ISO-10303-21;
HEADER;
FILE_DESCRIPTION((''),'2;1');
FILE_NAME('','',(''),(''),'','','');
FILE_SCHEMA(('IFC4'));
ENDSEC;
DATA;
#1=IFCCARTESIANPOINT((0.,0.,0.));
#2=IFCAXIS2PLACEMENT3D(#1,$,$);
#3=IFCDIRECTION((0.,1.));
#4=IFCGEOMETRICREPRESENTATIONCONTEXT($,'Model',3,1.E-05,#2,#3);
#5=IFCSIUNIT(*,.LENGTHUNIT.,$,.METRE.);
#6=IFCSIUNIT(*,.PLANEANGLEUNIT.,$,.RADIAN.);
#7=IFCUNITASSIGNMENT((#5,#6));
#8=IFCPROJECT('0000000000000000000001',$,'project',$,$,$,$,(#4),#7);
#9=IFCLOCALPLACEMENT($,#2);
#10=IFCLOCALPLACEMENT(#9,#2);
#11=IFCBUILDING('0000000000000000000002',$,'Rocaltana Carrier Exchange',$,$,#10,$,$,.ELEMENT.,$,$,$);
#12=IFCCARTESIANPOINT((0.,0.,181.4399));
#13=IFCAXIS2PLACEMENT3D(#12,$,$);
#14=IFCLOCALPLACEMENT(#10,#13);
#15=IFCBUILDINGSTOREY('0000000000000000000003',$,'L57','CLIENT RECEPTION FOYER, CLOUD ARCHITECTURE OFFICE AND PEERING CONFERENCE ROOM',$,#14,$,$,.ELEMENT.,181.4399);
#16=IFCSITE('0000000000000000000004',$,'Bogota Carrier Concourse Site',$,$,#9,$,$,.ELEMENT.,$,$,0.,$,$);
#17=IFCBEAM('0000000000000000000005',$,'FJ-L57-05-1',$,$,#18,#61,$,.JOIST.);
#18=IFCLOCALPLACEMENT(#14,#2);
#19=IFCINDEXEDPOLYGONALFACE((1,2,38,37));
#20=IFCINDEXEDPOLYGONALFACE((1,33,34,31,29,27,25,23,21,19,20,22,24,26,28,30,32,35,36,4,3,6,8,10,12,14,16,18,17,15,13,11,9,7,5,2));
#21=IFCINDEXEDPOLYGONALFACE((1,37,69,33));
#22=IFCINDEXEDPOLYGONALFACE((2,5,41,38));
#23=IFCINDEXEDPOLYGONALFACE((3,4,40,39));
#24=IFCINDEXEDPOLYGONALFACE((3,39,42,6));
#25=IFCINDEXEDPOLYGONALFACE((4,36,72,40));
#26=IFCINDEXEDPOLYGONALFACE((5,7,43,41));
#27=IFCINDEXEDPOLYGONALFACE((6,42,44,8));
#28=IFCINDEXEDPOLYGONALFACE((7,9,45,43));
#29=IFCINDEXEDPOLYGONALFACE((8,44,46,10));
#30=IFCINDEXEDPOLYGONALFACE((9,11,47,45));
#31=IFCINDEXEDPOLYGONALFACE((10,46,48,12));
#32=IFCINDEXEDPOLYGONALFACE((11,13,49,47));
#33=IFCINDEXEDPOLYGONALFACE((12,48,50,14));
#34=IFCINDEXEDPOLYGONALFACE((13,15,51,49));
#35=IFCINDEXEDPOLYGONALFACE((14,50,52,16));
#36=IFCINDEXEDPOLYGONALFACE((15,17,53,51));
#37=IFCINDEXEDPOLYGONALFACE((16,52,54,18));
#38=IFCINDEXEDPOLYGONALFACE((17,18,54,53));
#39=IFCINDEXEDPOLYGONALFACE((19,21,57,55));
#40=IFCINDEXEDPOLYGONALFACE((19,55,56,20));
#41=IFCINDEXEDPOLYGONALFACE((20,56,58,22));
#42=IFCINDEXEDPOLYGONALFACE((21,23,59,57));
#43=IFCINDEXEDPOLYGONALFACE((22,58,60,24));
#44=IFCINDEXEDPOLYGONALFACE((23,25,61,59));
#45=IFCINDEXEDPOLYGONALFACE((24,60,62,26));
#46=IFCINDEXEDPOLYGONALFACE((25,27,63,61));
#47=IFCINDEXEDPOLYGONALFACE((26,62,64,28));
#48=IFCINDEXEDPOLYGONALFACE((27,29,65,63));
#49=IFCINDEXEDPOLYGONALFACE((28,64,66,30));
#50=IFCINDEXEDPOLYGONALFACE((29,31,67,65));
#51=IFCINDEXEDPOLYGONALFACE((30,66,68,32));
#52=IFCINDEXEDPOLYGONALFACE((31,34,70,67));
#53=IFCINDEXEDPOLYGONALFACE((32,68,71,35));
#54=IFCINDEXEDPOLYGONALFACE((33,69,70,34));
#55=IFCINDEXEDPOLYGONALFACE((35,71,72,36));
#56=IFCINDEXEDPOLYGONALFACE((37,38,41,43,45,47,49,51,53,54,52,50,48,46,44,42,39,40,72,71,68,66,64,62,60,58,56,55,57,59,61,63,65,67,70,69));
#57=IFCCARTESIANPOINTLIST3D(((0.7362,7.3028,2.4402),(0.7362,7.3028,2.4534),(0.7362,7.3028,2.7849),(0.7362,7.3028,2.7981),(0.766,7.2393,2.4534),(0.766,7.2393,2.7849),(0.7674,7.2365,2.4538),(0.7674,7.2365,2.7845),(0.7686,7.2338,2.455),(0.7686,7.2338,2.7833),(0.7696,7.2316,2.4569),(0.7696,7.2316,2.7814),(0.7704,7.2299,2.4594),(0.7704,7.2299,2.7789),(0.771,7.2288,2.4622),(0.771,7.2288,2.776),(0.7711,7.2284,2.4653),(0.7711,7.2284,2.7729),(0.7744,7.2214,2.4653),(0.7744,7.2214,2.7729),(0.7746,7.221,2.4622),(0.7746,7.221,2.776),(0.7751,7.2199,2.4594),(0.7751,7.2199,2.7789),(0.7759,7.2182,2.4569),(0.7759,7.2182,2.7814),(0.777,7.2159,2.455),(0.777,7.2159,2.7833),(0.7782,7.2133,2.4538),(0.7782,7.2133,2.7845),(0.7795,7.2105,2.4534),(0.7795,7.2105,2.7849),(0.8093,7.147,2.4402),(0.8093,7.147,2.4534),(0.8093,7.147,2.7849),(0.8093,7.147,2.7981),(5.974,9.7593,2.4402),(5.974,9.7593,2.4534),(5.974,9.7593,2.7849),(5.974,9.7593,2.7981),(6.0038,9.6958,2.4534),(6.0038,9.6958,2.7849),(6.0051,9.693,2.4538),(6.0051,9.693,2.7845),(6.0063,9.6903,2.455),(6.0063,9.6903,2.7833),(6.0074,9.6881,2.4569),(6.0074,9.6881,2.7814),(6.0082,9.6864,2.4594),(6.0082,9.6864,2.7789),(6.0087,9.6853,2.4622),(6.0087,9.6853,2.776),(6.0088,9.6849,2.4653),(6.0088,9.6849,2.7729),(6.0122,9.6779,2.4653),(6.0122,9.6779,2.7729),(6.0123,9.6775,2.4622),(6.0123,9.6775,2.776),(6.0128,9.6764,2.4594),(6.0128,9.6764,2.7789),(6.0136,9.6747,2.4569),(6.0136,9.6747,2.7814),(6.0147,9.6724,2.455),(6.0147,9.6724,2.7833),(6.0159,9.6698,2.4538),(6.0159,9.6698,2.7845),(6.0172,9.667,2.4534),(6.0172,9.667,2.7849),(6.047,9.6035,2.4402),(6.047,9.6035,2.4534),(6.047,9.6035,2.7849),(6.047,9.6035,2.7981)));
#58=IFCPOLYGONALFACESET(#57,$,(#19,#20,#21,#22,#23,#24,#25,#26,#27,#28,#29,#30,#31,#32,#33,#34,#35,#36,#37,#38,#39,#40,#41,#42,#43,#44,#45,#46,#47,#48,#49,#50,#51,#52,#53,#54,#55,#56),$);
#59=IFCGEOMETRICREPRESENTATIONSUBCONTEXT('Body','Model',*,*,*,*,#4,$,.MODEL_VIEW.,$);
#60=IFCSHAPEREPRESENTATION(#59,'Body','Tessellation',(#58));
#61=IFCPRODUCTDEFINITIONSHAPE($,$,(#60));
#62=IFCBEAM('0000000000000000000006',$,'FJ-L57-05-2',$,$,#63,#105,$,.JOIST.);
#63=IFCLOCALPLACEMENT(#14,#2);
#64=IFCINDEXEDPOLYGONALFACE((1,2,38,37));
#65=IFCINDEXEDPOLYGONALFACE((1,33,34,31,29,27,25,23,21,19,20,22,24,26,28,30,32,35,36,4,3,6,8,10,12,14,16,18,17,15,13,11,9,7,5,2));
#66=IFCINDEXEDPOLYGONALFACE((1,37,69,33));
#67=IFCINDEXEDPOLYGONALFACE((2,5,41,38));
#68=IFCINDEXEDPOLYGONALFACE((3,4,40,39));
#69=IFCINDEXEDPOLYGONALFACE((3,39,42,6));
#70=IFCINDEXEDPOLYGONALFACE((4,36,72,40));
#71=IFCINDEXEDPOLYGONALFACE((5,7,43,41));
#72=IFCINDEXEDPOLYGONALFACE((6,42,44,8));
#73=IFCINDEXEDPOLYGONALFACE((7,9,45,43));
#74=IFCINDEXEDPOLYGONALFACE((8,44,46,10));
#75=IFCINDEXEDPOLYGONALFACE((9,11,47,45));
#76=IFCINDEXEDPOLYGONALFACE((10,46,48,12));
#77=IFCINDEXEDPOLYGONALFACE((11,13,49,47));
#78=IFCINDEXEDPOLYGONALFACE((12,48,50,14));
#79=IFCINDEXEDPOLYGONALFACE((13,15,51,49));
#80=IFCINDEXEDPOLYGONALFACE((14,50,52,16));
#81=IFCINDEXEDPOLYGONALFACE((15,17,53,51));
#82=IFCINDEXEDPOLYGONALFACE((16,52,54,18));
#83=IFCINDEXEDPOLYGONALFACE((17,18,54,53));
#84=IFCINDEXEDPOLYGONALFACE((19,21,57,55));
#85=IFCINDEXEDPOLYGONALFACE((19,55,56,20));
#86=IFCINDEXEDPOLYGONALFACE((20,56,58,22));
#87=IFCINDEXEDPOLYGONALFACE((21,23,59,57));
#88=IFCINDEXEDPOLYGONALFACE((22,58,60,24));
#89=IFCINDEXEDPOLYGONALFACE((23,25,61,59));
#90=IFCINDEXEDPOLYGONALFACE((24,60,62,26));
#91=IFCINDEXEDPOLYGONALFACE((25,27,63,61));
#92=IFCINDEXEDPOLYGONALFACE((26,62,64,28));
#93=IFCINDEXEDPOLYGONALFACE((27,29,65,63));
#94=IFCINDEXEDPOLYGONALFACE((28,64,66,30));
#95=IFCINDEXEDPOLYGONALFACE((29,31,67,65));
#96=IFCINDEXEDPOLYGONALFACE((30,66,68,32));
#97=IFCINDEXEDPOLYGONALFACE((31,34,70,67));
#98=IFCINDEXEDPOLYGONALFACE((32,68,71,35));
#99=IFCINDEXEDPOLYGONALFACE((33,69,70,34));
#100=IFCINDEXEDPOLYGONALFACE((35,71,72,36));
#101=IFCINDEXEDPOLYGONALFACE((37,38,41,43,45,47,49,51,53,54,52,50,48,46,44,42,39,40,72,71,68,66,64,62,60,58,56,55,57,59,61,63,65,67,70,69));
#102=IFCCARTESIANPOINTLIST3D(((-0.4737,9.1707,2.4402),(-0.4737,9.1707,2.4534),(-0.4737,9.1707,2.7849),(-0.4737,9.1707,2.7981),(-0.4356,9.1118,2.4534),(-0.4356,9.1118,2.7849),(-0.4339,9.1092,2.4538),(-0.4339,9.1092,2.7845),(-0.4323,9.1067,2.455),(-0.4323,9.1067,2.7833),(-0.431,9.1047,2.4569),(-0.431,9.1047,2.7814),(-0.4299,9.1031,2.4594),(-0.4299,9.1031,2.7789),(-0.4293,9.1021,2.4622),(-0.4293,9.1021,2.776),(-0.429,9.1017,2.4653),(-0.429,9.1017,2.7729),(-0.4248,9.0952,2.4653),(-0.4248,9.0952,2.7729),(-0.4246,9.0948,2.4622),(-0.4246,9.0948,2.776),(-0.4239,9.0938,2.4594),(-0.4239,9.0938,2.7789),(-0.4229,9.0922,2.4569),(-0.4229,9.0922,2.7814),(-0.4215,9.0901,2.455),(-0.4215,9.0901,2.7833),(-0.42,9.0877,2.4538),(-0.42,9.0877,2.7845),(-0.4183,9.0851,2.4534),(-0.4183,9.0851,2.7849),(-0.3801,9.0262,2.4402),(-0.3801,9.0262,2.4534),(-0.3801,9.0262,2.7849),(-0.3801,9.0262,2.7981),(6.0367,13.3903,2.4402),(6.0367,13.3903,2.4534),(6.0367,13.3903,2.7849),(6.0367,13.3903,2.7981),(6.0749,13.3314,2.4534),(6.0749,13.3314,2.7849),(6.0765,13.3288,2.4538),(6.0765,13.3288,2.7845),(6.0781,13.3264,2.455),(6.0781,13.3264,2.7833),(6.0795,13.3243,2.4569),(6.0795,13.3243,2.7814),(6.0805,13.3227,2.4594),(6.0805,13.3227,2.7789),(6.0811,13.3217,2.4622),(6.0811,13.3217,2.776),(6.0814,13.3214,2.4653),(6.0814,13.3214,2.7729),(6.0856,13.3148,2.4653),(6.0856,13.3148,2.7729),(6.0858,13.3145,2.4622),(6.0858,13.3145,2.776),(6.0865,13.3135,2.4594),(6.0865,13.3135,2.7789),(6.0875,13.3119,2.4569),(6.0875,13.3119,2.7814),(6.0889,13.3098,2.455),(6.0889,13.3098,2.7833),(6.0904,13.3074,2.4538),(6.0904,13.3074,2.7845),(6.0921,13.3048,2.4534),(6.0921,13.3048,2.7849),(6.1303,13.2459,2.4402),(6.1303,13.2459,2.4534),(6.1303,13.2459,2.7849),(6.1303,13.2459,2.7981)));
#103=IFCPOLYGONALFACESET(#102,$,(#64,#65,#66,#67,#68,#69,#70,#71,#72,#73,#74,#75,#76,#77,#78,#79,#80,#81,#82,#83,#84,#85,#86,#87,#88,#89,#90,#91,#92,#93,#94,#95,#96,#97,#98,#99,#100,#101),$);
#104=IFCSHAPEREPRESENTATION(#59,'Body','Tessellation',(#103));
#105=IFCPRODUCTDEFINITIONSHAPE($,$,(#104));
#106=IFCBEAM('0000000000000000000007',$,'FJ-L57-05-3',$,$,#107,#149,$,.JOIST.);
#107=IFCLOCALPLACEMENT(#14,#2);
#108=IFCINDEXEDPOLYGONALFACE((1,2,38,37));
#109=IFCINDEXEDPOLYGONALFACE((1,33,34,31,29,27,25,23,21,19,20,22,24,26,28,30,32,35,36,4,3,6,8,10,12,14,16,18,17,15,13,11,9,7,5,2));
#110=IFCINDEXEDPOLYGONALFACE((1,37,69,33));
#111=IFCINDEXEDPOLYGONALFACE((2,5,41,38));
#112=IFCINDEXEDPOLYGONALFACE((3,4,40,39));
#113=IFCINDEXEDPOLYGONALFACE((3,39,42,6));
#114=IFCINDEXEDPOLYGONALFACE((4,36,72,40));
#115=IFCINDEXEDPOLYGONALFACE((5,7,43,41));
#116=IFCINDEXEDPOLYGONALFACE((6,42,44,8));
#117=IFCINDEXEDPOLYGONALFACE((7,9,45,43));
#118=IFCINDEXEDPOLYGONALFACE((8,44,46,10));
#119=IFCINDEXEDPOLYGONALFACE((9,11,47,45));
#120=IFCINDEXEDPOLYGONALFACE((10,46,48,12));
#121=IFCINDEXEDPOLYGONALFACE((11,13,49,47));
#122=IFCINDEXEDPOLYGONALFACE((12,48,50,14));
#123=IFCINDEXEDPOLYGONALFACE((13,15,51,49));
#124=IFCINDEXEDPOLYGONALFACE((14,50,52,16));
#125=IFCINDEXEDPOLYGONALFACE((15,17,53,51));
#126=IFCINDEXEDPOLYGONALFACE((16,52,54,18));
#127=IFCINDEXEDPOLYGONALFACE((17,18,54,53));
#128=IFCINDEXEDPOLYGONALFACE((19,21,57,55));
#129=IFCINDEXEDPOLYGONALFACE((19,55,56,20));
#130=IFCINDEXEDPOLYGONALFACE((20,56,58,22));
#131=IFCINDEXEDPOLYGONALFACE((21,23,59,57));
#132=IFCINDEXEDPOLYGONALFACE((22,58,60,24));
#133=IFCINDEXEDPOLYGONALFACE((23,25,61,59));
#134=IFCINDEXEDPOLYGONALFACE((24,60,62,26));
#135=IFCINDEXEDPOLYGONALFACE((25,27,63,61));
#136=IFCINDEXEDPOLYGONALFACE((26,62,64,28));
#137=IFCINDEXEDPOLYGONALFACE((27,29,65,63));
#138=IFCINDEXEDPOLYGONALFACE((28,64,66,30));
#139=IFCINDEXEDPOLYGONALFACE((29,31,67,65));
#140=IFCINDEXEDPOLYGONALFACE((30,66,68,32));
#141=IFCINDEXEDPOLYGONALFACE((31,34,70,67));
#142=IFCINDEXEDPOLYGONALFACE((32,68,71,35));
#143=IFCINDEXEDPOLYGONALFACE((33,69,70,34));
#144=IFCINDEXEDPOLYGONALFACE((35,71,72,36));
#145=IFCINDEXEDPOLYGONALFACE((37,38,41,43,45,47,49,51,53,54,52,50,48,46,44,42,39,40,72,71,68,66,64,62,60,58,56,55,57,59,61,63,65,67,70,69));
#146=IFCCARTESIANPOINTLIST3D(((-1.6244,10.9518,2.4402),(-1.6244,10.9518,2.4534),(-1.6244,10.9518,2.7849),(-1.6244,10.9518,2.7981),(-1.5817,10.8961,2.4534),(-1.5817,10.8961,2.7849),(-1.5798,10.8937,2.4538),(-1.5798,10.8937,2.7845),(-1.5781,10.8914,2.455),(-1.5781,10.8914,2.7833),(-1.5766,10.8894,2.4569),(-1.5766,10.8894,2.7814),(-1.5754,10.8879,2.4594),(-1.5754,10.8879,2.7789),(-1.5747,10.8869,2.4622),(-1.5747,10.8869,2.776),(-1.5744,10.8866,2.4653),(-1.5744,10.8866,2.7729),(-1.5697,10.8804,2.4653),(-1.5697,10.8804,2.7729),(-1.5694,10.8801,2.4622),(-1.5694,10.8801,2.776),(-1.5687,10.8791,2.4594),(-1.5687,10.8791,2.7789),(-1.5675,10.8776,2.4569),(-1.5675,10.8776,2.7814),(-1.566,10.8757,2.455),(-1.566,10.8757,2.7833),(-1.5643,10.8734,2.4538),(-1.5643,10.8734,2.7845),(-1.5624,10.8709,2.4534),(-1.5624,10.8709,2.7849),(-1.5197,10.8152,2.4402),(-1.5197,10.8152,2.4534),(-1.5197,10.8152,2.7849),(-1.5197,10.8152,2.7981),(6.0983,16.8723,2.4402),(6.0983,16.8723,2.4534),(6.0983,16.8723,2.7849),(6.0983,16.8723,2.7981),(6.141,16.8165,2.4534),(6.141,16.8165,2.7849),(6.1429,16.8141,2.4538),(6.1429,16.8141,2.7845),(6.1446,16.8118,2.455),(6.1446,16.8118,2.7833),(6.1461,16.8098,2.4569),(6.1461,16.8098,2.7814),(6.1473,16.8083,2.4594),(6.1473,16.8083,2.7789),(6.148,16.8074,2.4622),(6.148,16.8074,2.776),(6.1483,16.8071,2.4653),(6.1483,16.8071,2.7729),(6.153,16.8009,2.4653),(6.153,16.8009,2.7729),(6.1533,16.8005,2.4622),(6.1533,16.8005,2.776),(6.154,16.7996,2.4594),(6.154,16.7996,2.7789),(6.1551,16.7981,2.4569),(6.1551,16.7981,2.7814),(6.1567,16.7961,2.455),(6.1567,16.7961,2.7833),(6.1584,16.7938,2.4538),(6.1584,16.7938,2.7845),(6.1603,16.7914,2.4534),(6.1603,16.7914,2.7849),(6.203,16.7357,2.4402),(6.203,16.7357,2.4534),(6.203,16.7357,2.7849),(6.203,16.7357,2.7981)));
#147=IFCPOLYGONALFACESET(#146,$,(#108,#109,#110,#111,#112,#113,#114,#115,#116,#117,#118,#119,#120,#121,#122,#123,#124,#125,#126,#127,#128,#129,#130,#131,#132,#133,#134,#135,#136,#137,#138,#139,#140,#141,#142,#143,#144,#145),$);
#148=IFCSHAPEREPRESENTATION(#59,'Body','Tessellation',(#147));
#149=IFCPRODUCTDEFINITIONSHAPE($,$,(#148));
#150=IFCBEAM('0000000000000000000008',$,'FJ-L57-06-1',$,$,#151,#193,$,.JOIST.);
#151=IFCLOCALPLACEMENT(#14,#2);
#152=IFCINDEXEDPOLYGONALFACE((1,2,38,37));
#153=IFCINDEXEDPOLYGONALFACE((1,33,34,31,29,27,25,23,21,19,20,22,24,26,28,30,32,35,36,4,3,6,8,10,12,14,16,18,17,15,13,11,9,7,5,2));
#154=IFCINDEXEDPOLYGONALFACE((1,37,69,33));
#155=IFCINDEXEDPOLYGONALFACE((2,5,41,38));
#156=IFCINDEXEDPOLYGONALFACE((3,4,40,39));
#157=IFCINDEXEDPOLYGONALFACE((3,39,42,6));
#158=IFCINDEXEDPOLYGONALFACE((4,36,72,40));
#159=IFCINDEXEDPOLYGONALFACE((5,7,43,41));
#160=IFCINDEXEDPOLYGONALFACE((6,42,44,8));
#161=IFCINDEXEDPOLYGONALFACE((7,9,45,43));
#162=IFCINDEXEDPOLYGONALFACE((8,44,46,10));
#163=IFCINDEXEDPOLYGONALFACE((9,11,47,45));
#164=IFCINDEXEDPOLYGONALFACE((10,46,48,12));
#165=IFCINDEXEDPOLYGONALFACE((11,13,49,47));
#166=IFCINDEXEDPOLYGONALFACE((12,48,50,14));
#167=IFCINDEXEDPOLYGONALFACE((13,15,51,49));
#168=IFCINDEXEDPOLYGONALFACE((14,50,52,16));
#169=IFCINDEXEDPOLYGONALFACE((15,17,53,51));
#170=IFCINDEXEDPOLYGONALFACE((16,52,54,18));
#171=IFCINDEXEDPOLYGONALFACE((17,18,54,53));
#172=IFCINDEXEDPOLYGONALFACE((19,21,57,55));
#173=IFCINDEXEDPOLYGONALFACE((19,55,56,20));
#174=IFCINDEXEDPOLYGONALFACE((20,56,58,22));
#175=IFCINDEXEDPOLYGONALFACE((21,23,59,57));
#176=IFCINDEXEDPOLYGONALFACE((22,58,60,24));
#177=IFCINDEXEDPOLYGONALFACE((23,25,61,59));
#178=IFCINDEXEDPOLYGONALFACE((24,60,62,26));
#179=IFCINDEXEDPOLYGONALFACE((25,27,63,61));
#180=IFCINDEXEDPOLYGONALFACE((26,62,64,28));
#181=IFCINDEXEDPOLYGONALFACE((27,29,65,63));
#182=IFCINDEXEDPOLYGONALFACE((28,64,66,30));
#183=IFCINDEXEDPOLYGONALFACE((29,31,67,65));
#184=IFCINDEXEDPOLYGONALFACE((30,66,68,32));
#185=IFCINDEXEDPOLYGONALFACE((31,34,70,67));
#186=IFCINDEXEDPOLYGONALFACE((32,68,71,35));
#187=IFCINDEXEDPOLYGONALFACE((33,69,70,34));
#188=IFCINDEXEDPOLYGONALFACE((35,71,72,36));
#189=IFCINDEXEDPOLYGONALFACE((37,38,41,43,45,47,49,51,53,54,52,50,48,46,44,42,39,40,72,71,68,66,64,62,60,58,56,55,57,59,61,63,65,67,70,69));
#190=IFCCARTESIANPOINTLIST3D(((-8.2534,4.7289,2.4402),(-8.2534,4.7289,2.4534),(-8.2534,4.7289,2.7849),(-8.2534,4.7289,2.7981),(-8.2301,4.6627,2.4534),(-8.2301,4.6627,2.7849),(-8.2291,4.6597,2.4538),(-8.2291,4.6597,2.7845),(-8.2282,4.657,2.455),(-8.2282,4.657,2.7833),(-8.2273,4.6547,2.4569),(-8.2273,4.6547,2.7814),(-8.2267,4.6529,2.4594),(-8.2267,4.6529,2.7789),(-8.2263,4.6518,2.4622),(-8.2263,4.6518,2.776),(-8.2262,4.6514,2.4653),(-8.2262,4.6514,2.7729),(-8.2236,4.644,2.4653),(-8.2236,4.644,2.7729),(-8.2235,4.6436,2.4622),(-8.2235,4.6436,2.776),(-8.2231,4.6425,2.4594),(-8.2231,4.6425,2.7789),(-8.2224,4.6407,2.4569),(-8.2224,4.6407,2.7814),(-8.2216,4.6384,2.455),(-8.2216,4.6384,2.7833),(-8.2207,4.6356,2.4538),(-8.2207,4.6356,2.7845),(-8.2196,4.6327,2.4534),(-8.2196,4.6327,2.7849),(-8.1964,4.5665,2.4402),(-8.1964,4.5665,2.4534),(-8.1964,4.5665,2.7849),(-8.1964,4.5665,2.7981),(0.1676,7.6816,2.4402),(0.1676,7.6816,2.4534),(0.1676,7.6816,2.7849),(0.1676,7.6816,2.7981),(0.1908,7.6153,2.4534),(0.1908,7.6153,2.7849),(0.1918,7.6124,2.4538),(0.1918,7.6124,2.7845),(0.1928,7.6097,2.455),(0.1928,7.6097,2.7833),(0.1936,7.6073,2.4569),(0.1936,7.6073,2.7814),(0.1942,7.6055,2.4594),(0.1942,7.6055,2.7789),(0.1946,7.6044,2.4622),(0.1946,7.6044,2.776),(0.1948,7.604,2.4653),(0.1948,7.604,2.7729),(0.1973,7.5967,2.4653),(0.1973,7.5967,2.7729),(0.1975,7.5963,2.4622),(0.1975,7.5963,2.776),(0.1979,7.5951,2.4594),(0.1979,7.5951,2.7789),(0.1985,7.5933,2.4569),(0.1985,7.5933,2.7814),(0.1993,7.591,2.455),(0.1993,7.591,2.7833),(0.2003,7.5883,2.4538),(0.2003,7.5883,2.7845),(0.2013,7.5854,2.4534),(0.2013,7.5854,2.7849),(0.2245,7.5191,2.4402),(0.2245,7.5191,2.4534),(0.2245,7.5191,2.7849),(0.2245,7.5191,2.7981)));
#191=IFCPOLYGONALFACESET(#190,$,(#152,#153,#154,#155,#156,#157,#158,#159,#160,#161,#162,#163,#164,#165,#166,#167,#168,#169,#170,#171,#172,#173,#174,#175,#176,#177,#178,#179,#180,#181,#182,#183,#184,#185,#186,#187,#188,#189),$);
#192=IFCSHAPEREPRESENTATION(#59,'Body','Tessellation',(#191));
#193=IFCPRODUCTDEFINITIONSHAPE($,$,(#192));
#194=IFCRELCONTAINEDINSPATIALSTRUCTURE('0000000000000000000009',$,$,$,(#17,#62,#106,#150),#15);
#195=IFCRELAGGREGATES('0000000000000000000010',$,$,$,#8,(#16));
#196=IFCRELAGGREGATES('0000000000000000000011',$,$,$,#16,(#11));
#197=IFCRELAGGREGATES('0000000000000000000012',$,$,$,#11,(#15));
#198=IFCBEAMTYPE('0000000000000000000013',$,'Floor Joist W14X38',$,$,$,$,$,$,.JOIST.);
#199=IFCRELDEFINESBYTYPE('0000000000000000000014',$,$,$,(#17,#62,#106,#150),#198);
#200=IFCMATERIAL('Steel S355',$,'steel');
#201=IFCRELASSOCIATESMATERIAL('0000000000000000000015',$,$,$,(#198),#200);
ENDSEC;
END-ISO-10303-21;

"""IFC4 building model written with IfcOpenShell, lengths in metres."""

from ifc_helpers import new_model, si_unit, direction, frame, origin, origin_2d, place, context, subcontext, project, spatial, i_section, extrude, material, material_profile, profile_set, type_object, element, save


model = new_model("IFC4")

# Units and contexts
model_context = context("Model", 3, precision=1e-05, world=origin(), true_north=direction((0.0, 1.0)))
body_context = subcontext(model_context, "Body", "Model", "MODEL_VIEW")
ifc_project = project(units=[si_unit("LENGTHUNIT", "METRE"), si_unit("PLANEANGLEUNIT", "RADIAN")], contexts=[model_context])

# Site, building, storey
site_placement = place(None, origin())
site = spatial("IfcSite", under=ifc_project, at=site_placement, Name="Bogota Carrier Concourse Site", CompositionType="ELEMENT", RefElevation=0.0)
building_placement = place(site_placement, origin())
building = spatial("IfcBuilding", under=site, at=building_placement, Name="Rocaltana Carrier Exchange", CompositionType="ELEMENT")
storey_placement = place(building_placement, frame((0.0, 0.0, 181.4399)))
storey = spatial("IfcBuildingStorey", under=building, at=storey_placement, Name="L57", Description="CLIENT RECEPTION FOYER, CLOUD ARCHITECTURE OFFICE AND PEERING CONFERENCE ROOM", CompositionType="ELEMENT", Elevation=181.4399)

# Beams
ifc_material_1 = material(Name="Steel S355", Category="steel")
ifc_material_profile_1 = material_profile(ifc_material_1, i_section(OverallWidth=0.1721, OverallDepth=0.3579, WebThickness=0.0078, FlangeThickness=0.0132, FilletRadius=0.012, at=origin_2d()), Name="W14X38")
ifc_profile_set_1 = profile_set([ifc_material_profile_1], Name="Steel S355")
beam_type_1 = type_object("IfcBeamType", Name="Floor Joist W14X38", PredefinedType="JOIST", material=ifc_profile_set_1)
beam_1_placement = place(storey_placement, frame((6.0105, 9.6814, 2.6191), z_axis=(-0.905371, -0.424622, 0.0), x_axis=(0.424622, -0.905371, 0.0)))
element("IfcBeam", 1, at=beam_1_placement, inside=storey, type_object=beam_type_1, Name="FJ-L57-05-1", PredefinedType="JOIST", context=body_context, shape_type="SweptSolid", body=[
    extrude(i_section(OverallWidth=0.1721, OverallDepth=0.3579, WebThickness=0.0078, FlangeThickness=0.0132, FilletRadius=0.012, at=origin_2d()), origin(), (0.0, 0.0, 1.0), 5.7852),
])
beam_2_placement = place(storey_placement, frame((6.0835, 13.3181, 2.6191), z_axis=(-0.839155, -0.543892, 0.0), x_axis=(0.543892, -0.839155, 0.0)))
element("IfcBeam", 2, at=beam_2_placement, inside=storey, type_object=beam_type_1, Name="FJ-L57-05-2", PredefinedType="JOIST", context=body_context, shape_type="SweptSolid", body=[
    extrude(i_section(OverallWidth=0.1721, OverallDepth=0.3579, WebThickness=0.0078, FlangeThickness=0.0132, FilletRadius=0.012, at=origin_2d()), origin(), (0.0, 0.0, 1.0), 7.7583),
])
beam_3_placement = place(storey_placement, frame((6.1506, 16.804, 2.6191), z_axis=(-0.793621, -0.608413, 0.0), x_axis=(0.608413, -0.793621, 0.0)))
element("IfcBeam", 3, at=beam_3_placement, inside=storey, type_object=beam_type_1, Name="FJ-L57-05-3", PredefinedType="JOIST", context=body_context, shape_type="SweptSolid", body=[
    extrude(i_section(OverallWidth=0.1721, OverallDepth=0.3579, WebThickness=0.0078, FlangeThickness=0.0132, FilletRadius=0.012, at=origin_2d()), origin(), (0.0, 0.0, 1.0), 9.731),
])
beam_4_placement = place(storey_placement, frame((0.196, 7.6003, 2.6191), z_axis=(-0.943672, -0.330882, 0.0), x_axis=(0.330882, -0.943672, 0.0)))
element("IfcBeam", 4, at=beam_4_placement, inside=storey, type_object=beam_type_1, Name="FJ-L57-06-1", PredefinedType="JOIST", context=body_context, shape_type="SweptSolid", body=[
    extrude(i_section(OverallWidth=0.1721, OverallDepth=0.3579, WebThickness=0.0078, FlangeThickness=0.0132, FilletRadius=0.012, at=origin_2d()), origin(), (0.0, 0.0, 1.0), 8.9236),
])

save(model, "model.ifc")
